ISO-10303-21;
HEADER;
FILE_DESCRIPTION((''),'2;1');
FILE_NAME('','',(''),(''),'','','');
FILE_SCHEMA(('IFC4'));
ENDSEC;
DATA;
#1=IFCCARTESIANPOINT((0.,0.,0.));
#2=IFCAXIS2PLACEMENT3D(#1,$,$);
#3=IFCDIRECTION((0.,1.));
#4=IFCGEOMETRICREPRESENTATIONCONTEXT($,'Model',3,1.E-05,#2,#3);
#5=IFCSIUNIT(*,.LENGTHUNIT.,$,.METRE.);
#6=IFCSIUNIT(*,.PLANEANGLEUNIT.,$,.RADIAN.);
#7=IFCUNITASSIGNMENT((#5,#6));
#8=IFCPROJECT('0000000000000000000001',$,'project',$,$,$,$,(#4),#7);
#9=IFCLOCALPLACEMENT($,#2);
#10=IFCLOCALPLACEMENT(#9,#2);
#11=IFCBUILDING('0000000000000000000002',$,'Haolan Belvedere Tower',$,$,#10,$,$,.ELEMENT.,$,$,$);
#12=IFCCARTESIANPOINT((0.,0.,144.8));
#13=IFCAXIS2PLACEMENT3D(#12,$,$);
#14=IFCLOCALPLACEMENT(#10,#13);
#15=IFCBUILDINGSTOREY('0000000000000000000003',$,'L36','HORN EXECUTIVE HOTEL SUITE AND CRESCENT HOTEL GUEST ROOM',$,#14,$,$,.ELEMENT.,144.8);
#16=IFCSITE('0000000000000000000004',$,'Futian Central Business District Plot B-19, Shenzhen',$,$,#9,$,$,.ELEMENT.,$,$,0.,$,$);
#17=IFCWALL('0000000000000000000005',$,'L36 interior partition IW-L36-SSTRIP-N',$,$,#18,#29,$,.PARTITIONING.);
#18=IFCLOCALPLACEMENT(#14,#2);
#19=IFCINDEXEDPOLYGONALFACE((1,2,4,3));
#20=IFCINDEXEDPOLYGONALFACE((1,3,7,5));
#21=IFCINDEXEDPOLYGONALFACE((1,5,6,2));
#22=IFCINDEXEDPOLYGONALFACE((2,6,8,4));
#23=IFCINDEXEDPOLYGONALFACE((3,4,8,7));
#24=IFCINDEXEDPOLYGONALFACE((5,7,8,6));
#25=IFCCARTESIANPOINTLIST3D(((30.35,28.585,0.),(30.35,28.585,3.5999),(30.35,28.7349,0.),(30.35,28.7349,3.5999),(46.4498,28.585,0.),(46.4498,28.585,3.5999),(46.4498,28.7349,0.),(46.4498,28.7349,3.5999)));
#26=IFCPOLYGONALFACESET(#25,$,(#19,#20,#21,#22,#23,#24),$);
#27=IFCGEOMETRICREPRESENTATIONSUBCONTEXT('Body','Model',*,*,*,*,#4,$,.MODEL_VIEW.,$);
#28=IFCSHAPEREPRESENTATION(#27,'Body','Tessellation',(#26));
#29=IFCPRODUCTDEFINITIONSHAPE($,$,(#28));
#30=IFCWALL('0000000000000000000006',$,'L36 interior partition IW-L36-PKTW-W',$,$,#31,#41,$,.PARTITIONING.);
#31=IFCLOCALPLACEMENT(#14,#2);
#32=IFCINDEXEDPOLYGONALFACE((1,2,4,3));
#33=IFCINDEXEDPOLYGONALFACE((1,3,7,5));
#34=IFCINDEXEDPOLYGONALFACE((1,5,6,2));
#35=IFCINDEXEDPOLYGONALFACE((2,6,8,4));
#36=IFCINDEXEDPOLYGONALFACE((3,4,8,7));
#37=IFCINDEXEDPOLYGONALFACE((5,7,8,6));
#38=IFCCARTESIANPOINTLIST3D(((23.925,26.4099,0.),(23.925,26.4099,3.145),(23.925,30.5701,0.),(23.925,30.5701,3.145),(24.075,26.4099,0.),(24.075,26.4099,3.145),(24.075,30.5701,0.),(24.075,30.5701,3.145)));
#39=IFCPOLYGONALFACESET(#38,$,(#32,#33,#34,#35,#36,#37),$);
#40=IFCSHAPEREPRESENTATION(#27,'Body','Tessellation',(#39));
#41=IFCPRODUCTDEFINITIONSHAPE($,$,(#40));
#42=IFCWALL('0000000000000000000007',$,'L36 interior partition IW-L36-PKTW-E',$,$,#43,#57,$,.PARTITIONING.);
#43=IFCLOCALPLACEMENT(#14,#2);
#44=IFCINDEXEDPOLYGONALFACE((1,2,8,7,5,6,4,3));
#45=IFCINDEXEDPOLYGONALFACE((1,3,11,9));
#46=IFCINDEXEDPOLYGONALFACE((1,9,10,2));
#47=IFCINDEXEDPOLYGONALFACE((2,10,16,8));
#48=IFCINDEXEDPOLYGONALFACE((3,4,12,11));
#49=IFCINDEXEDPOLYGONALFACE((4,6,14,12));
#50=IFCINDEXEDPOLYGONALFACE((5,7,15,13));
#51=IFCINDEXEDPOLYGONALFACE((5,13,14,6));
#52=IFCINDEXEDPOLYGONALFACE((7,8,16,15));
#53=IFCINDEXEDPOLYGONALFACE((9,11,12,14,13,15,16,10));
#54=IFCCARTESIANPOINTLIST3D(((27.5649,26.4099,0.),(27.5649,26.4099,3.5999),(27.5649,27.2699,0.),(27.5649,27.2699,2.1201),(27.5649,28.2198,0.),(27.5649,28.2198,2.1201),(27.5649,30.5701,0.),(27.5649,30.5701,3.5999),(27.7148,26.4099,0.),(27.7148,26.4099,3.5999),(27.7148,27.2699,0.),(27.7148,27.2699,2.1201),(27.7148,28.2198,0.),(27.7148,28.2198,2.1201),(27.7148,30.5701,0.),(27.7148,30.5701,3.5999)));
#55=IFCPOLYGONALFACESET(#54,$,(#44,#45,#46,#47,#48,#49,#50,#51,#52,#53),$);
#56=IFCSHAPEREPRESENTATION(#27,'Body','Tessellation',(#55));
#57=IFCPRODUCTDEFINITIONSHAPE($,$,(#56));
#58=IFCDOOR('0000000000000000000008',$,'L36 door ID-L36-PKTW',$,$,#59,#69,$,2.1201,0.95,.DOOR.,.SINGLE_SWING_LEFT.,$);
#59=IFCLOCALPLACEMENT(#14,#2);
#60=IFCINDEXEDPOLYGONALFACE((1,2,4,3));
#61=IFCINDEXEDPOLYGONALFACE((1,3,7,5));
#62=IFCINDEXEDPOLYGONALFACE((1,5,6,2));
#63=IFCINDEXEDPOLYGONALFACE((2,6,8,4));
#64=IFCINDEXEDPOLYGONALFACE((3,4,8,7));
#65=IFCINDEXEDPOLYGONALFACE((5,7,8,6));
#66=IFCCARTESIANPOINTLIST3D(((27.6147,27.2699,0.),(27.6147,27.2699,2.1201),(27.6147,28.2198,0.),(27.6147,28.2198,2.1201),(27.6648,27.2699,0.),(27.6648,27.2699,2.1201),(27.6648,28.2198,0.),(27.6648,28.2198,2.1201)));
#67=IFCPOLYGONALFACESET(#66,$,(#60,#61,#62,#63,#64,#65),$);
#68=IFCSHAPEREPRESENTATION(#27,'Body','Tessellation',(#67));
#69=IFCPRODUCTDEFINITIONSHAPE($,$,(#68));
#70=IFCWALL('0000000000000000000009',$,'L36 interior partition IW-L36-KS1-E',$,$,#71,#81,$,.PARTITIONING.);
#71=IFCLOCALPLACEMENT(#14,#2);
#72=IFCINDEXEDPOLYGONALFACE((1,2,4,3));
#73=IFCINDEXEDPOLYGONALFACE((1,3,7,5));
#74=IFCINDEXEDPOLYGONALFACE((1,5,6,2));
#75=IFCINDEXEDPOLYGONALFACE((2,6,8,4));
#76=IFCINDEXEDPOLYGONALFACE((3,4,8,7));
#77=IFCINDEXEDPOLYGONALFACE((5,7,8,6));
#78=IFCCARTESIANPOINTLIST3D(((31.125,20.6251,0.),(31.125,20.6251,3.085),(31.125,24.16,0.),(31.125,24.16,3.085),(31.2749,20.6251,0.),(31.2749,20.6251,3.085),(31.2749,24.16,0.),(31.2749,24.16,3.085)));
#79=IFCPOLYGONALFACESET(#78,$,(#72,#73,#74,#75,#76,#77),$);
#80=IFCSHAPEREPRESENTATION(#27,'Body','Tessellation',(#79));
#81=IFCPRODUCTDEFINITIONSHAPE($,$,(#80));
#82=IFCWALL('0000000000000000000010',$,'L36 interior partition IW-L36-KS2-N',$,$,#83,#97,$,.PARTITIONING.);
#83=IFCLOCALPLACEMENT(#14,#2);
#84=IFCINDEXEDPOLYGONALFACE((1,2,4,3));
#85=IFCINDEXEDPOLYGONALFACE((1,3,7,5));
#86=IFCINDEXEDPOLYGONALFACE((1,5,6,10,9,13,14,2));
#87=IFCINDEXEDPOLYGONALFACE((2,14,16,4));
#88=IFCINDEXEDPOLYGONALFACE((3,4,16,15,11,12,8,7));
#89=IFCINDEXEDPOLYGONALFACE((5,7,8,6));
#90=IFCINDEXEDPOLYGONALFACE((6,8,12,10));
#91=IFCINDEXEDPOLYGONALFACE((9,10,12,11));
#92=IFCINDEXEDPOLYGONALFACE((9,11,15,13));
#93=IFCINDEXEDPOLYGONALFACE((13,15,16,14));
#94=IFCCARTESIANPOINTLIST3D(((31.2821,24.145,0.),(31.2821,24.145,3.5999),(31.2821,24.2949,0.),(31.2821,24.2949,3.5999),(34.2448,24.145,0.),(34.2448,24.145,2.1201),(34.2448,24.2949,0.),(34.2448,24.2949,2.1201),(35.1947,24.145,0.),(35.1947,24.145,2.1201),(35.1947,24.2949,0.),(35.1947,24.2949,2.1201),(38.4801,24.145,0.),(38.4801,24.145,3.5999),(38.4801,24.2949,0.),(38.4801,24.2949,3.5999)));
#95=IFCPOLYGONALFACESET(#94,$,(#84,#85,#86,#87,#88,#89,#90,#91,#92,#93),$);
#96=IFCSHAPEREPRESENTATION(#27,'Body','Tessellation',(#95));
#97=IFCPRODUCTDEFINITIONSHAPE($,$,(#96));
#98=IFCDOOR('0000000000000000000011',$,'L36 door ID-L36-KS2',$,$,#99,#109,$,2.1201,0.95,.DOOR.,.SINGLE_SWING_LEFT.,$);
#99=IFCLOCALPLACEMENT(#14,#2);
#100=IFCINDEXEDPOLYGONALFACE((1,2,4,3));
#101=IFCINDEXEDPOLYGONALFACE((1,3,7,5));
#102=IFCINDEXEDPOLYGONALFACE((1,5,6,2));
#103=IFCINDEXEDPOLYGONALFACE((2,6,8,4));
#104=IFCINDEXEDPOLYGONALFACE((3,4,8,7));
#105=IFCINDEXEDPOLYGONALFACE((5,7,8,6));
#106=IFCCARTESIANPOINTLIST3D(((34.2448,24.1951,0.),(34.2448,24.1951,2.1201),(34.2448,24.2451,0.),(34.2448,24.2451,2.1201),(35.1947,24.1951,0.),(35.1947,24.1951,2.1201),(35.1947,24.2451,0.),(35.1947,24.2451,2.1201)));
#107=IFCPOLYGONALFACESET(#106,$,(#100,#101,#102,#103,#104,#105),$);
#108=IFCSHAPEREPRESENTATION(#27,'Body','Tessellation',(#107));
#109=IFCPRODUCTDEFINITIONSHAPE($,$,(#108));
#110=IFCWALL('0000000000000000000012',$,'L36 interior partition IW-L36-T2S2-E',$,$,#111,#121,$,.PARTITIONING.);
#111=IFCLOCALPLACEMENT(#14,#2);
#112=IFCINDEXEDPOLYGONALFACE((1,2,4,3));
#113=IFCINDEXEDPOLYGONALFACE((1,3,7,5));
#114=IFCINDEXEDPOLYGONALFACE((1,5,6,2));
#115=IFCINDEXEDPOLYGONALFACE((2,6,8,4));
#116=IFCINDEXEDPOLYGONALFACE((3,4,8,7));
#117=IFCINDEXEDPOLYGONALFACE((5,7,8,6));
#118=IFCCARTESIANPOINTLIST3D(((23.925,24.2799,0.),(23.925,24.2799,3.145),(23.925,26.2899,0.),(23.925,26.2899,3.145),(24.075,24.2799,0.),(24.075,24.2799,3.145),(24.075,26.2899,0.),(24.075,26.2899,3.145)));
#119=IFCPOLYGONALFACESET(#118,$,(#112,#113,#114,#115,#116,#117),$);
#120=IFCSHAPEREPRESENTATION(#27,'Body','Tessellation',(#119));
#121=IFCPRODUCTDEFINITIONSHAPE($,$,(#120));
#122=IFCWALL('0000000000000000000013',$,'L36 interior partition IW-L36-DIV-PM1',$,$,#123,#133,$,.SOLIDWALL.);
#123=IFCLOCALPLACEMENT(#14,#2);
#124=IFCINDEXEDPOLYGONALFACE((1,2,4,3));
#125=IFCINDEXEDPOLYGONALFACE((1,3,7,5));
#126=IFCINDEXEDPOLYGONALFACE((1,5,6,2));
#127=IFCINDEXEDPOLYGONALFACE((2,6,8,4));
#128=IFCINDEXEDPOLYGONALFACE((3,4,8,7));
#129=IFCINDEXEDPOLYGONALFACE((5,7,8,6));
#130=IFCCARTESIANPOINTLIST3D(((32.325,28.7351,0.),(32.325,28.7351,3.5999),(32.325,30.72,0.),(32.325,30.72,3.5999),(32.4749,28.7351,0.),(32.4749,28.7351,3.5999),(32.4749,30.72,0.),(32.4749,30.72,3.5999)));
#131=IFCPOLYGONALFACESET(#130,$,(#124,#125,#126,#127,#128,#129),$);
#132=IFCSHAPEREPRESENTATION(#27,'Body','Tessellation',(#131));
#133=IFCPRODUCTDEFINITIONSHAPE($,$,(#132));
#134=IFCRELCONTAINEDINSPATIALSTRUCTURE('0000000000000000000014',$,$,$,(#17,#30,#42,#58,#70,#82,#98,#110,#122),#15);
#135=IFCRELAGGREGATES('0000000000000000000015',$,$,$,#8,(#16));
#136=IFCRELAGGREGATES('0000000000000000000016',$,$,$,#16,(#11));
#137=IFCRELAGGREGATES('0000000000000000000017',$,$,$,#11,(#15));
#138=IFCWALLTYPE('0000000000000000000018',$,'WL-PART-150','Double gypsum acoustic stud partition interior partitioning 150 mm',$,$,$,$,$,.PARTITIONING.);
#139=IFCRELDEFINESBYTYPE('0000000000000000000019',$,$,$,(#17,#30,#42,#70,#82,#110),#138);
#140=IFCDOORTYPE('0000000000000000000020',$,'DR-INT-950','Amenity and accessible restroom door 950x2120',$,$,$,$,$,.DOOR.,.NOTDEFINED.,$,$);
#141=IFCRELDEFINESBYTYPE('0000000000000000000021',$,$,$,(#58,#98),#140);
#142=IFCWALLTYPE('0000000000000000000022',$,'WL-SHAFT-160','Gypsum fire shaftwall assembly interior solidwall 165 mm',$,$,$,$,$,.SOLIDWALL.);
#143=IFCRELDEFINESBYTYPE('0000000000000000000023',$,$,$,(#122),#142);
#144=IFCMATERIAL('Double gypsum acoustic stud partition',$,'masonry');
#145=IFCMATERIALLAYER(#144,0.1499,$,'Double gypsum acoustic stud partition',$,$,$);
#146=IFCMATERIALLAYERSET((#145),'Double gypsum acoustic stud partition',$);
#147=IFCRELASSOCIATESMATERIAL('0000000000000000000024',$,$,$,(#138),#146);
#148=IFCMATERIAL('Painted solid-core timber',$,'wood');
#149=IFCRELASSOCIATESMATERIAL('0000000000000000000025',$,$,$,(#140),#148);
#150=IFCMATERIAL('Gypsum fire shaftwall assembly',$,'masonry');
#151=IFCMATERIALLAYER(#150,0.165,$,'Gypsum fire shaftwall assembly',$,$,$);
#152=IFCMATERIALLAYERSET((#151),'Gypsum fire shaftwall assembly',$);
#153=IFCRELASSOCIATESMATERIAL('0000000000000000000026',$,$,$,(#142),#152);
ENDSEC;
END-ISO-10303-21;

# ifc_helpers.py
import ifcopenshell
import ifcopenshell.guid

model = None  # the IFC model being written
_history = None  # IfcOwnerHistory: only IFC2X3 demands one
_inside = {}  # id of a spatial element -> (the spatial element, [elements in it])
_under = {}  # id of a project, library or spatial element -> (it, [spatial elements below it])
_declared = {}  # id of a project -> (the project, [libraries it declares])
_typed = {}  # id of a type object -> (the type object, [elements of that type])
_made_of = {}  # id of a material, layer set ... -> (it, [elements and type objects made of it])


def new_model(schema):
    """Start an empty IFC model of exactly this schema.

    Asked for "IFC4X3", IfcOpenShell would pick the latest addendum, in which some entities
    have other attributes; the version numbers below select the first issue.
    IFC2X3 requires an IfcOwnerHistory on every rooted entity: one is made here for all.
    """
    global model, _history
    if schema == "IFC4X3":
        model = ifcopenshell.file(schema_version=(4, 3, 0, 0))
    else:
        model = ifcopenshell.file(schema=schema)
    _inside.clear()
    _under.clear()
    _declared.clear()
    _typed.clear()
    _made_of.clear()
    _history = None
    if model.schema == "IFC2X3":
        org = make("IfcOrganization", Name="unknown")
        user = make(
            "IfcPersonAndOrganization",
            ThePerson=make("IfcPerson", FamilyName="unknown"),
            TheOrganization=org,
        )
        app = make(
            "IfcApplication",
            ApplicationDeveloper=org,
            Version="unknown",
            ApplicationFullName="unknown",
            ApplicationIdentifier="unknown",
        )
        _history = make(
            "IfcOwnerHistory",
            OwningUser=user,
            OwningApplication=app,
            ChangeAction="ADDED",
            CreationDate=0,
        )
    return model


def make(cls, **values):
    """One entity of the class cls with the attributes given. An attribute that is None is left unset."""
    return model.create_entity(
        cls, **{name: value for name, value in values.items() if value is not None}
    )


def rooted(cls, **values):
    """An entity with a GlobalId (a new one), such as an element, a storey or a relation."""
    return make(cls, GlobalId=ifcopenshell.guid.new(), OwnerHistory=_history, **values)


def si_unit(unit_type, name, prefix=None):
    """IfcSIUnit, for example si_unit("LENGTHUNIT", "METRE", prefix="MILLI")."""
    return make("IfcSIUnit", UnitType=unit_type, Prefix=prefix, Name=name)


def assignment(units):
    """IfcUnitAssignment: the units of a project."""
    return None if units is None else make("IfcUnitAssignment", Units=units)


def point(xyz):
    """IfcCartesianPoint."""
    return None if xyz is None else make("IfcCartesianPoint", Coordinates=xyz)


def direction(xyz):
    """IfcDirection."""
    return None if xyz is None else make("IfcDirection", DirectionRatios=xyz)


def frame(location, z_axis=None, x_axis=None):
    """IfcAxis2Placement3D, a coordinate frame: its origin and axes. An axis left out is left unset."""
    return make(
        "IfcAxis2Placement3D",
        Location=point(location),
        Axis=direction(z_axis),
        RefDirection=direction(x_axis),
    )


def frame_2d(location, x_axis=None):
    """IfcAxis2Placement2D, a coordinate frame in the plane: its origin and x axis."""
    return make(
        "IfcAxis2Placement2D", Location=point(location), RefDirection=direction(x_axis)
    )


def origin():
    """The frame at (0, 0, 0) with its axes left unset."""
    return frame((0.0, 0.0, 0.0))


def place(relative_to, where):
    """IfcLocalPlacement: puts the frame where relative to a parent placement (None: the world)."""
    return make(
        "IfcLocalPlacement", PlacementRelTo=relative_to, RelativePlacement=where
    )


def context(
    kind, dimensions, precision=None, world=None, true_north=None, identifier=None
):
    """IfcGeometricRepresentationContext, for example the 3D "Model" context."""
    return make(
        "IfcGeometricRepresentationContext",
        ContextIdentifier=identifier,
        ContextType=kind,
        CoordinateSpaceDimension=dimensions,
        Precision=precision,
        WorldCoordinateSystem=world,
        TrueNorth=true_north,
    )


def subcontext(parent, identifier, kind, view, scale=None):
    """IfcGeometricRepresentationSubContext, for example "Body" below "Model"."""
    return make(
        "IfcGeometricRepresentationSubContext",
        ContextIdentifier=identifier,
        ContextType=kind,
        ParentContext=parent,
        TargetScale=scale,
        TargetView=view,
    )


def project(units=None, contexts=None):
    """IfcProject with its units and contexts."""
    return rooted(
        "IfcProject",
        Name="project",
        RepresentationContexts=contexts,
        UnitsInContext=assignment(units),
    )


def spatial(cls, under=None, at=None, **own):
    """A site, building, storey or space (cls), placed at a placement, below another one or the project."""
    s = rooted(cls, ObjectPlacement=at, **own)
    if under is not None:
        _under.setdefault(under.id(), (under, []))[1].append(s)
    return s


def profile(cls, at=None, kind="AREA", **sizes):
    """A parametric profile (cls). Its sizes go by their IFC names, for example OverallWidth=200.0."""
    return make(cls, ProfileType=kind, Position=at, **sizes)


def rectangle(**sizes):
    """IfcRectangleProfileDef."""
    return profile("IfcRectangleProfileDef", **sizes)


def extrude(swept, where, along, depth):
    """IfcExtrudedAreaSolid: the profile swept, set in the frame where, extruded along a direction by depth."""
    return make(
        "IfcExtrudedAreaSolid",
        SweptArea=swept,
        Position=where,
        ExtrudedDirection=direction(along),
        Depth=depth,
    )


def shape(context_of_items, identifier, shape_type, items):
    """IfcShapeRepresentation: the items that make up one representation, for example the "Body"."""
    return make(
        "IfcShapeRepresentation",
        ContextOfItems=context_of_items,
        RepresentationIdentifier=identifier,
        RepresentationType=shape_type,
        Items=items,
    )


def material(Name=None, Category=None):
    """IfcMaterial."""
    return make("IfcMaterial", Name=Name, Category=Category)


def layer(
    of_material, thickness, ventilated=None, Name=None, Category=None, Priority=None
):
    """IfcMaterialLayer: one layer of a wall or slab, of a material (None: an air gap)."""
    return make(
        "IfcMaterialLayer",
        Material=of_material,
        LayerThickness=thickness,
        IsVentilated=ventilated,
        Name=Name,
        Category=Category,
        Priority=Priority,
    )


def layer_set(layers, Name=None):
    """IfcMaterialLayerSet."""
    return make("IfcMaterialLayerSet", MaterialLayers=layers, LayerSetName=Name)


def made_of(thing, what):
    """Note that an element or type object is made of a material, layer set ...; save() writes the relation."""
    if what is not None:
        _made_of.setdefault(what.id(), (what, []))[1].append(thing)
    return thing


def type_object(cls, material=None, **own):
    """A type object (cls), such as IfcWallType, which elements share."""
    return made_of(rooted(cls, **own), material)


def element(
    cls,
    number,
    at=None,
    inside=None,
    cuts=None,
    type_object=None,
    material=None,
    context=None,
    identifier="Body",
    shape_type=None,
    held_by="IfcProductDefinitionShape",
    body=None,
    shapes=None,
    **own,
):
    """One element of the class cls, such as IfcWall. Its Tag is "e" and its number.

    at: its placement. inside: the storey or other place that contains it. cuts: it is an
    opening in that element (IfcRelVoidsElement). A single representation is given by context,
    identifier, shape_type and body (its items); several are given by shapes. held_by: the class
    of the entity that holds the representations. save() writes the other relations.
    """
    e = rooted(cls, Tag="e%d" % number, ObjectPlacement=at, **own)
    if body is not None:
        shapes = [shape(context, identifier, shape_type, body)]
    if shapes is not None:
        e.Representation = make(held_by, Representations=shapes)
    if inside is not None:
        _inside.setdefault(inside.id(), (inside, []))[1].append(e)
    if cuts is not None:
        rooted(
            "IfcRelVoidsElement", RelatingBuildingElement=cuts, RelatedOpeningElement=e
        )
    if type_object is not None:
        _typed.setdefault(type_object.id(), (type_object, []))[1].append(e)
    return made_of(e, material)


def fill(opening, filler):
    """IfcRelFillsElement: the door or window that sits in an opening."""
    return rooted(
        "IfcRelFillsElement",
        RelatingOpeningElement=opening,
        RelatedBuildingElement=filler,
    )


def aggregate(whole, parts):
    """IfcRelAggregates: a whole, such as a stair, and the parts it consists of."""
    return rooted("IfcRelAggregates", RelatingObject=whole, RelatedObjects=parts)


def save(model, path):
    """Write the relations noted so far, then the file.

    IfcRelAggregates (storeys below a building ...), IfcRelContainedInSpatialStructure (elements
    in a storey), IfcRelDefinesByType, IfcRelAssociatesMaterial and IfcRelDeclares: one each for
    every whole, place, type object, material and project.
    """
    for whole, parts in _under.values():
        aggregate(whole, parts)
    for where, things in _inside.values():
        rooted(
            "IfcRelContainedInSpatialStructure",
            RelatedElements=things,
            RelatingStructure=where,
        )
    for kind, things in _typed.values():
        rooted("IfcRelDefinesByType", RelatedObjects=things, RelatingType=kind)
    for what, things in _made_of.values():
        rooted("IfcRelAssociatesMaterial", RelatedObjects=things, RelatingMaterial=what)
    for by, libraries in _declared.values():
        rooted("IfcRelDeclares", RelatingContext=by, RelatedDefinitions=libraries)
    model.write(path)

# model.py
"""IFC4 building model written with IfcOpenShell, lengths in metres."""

from ifc_helpers import new_model, si_unit, direction, frame, frame_2d, origin, place, context, subcontext, project, spatial, rectangle, extrude, material, layer, layer_set, type_object, element, fill, save


model = new_model("IFC4")

# Units and contexts
model_context = context("Model", 3, precision=1e-05, world=origin(), true_north=direction((0.0, 1.0)))
body_context = subcontext(model_context, "Body", "Model", "MODEL_VIEW")
ifc_project = project(units=[si_unit("LENGTHUNIT", "METRE"), si_unit("PLANEANGLEUNIT", "RADIAN")], contexts=[model_context])

# Site, building, storey
site_placement = place(None, origin())
site = spatial("IfcSite", under=ifc_project, at=site_placement, Name="Futian Central Business District Plot B-19, Shenzhen", CompositionType="ELEMENT", RefElevation=0.0)
building_placement = place(site_placement, origin())
building = spatial("IfcBuilding", under=site, at=building_placement, Name="Haolan Belvedere Tower", CompositionType="ELEMENT")
storey_placement = place(building_placement, frame((0.0, 0.0, 144.8)))
storey = spatial("IfcBuildingStorey", under=building, at=storey_placement, Name="L36", Description="HORN EXECUTIVE HOTEL SUITE AND CRESCENT HOTEL GUEST ROOM", CompositionType="ELEMENT", Elevation=144.8)

# Walls
ifc_material_1 = material(Name="Double gypsum acoustic stud partition", Category="masonry")
ifc_layer_1 = layer(ifc_material_1, 0.1499, Name="Double gypsum acoustic stud partition")
ifc_layer_set_1 = layer_set([ifc_layer_1], Name="Double gypsum acoustic stud partition")
wall_type_1 = type_object("IfcWallType", Name="WL-PART-150", Description="Double gypsum acoustic stud partition interior partitioning 150 mm", PredefinedType="PARTITIONING", material=ifc_layer_set_1)
wall_1_placement = place(storey_placement, frame((30.3501, 28.6599, 0.0), z_axis=(0.0, 0.0, 1.0), x_axis=(1.0, 0.0, 0.0)))
element("IfcWall", 1, at=wall_1_placement, inside=storey, type_object=wall_type_1, Name="L36 interior partition IW-L36-SSTRIP-N", PredefinedType="PARTITIONING", context=body_context, shape_type="SweptSolid", body=[
    extrude(rectangle(XDim=16.0999, YDim=0.1499, at=frame_2d((8.0498, 0.0))), origin(), (0.0, 0.0, 1.0), 3.5999),
])
wall_2_placement = place(storey_placement, frame((24.0, 26.4099, 0.0), z_axis=(0.0, 0.0, 1.0), x_axis=(0.0, 1.0, 0.0)))
element("IfcWall", 2, at=wall_2_placement, inside=storey, type_object=wall_type_1, Name="L36 interior partition IW-L36-PKTW-W", PredefinedType="PARTITIONING", context=body_context, shape_type="SweptSolid", body=[
    extrude(rectangle(XDim=4.1602, YDim=0.1499, at=frame_2d((2.0801, 0.0))), origin(), (0.0, 0.0, 1.0), 3.145),
])

# Wall, opening, door
wall_3_placement = place(storey_placement, frame((27.6399, 26.4099, 0.0), z_axis=(0.0, 0.0, 1.0), x_axis=(0.0, 1.0, 0.0)))
wall_3 = element("IfcWall", 3, at=wall_3_placement, inside=storey, type_object=wall_type_1, Name="L36 interior partition IW-L36-PKTW-E", PredefinedType="PARTITIONING", context=body_context, shape_type="SweptSolid", body=[
    extrude(rectangle(XDim=4.1602, YDim=0.1499, at=frame_2d((2.0801, 0.0))), origin(), (0.0, 0.0, 1.0), 3.5999),
])
opening_1_placement = place(wall_3_placement, frame((1.8101, 0.0, 0.0), z_axis=(0.0, 0.0, 1.0), x_axis=(-1.0, 0.0, 0.0)))
opening_1 = element("IfcOpeningElement", 4, at=opening_1_placement, cuts=wall_3, PredefinedType="OPENING", context=body_context, shape_type="SweptSolid", body=[
    extrude(rectangle(XDim=0.95, YDim=2.1201, at=frame_2d((0.4751, 1.0601))), frame((0.0, 0.085, 0.0), z_axis=(0.0, -1.0, 0.0), x_axis=(1.0, 0.0, 0.0)), (0.0, 0.0, 1.0), 0.1699),
])
ifc_material_2 = material(Name="Painted solid-core timber", Category="wood")
door_type_1 = type_object("IfcDoorType", Name="DR-INT-950", Description="Amenity and accessible restroom door 950x2120", OperationType="NOTDEFINED", PredefinedType="DOOR", material=ifc_material_2)
door_1_placement = place(opening_1_placement, origin())
door_1 = element("IfcDoor", 5, at=door_1_placement, inside=storey, type_object=door_type_1, Name="L36 door ID-L36-PKTW", OperationType="SINGLE_SWING_LEFT", OverallHeight=2.1201, OverallWidth=0.95, PredefinedType="DOOR", context=body_context, shape_type="SweptSolid", body=[
    extrude(rectangle(XDim=0.95, YDim=2.1201, at=frame_2d((0.4751, 1.0601))), frame((0.0, 0.0249, 0.0), z_axis=(0.0, -1.0, 0.0), x_axis=(1.0, 0.0, 0.0)), (0.0, 0.0, 1.0), 0.05),
])
fill(opening_1, door_1)

# Wall
wall_4_placement = place(storey_placement, frame((31.2, 20.625, 0.0), z_axis=(0.0, 0.0, 1.0), x_axis=(0.0, 1.0, 0.0)))
element("IfcWall", 6, at=wall_4_placement, inside=storey, type_object=wall_type_1, Name="L36 interior partition IW-L36-KS1-E", PredefinedType="PARTITIONING", context=body_context, shape_type="SweptSolid", body=[
    extrude(rectangle(XDim=3.5349, YDim=0.1499, at=frame_2d((1.7676, 0.0))), origin(), (0.0, 0.0, 1.0), 3.085),
])

# Wall, opening, door
wall_5_placement = place(storey_placement, frame((31.282, 24.22, 0.0), z_axis=(0.0, 0.0, 1.0), x_axis=(1.0, 0.0, 0.0)))
wall_5 = element("IfcWall", 7, at=wall_5_placement, inside=storey, type_object=wall_type_1, Name="L36 interior partition IW-L36-KS2-N", PredefinedType="PARTITIONING", context=body_context, shape_type="SweptSolid", body=[
    extrude(rectangle(XDim=7.198, YDim=0.1499, at=frame_2d((3.5991, 0.0))), origin(), (0.0, 0.0, 1.0), 3.5999),
])
opening_2_placement = place(wall_5_placement, frame((3.9128, 0.0, 0.0), z_axis=(0.0, 0.0, 1.0), x_axis=(-1.0, 0.0, 0.0)))
opening_2 = element("IfcOpeningElement", 8, at=opening_2_placement, cuts=wall_5, PredefinedType="OPENING", context=body_context, shape_type="SweptSolid", body=[
    extrude(rectangle(XDim=0.95, YDim=2.1201, at=frame_2d((0.4751, 1.0601))), frame((0.0, 0.085, 0.0), z_axis=(0.0, -1.0, 0.0), x_axis=(1.0, 0.0, 0.0)), (0.0, 0.0, 1.0), 0.1699),
])
door_2_placement = place(opening_2_placement, origin())
door_2 = element("IfcDoor", 9, at=door_2_placement, inside=storey, type_object=door_type_1, Name="L36 door ID-L36-KS2", OperationType="SINGLE_SWING_LEFT", OverallHeight=2.1201, OverallWidth=0.95, PredefinedType="DOOR", context=body_context, shape_type="SweptSolid", body=[
    extrude(rectangle(XDim=0.95, YDim=2.1201, at=frame_2d((0.4751, 1.0601))), frame((0.0, 0.0249, 0.0), z_axis=(0.0, -1.0, 0.0), x_axis=(1.0, 0.0, 0.0)), (0.0, 0.0, 1.0), 0.05),
])
fill(opening_2, door_2)

# Walls
wall_6_placement = place(storey_placement, frame((24.0, 24.28, 0.0), z_axis=(0.0, 0.0, 1.0), x_axis=(0.0, 1.0, 0.0)))
element("IfcWall", 10, at=wall_6_placement, inside=storey, type_object=wall_type_1, Name="L36 interior partition IW-L36-T2S2-E", PredefinedType="PARTITIONING", context=body_context, shape_type="SweptSolid", body=[
    extrude(rectangle(XDim=2.01, YDim=0.1499, at=frame_2d((1.0049, 0.0))), origin(), (0.0, 0.0, 1.0), 3.145),
])
ifc_material_3 = material(Name="Gypsum fire shaftwall assembly", Category="masonry")
ifc_layer_2 = layer(ifc_material_3, 0.165, Name="Gypsum fire shaftwall assembly")
ifc_layer_set_2 = layer_set([ifc_layer_2], Name="Gypsum fire shaftwall assembly")
wall_type_2 = type_object("IfcWallType", Name="WL-SHAFT-160", Description="Gypsum fire shaftwall assembly interior solidwall 165 mm", PredefinedType="SOLIDWALL", material=ifc_layer_set_2)
wall_7_placement = place(storey_placement, frame((32.3999, 28.7351, 0.0), z_axis=(0.0, 0.0, 1.0), x_axis=(0.0, 1.0, 0.0)))
element("IfcWall", 11, at=wall_7_placement, inside=storey, type_object=wall_type_2, Name="L36 interior partition IW-L36-DIV-PM1", PredefinedType="SOLIDWALL", context=body_context, shape_type="SweptSolid", body=[
    extrude(rectangle(XDim=1.9849, YDim=0.1499, at=frame_2d((0.9924, 0.0))), origin(), (0.0, 0.0, 1.0), 3.5999),
])

save(model, "model.ifc")
